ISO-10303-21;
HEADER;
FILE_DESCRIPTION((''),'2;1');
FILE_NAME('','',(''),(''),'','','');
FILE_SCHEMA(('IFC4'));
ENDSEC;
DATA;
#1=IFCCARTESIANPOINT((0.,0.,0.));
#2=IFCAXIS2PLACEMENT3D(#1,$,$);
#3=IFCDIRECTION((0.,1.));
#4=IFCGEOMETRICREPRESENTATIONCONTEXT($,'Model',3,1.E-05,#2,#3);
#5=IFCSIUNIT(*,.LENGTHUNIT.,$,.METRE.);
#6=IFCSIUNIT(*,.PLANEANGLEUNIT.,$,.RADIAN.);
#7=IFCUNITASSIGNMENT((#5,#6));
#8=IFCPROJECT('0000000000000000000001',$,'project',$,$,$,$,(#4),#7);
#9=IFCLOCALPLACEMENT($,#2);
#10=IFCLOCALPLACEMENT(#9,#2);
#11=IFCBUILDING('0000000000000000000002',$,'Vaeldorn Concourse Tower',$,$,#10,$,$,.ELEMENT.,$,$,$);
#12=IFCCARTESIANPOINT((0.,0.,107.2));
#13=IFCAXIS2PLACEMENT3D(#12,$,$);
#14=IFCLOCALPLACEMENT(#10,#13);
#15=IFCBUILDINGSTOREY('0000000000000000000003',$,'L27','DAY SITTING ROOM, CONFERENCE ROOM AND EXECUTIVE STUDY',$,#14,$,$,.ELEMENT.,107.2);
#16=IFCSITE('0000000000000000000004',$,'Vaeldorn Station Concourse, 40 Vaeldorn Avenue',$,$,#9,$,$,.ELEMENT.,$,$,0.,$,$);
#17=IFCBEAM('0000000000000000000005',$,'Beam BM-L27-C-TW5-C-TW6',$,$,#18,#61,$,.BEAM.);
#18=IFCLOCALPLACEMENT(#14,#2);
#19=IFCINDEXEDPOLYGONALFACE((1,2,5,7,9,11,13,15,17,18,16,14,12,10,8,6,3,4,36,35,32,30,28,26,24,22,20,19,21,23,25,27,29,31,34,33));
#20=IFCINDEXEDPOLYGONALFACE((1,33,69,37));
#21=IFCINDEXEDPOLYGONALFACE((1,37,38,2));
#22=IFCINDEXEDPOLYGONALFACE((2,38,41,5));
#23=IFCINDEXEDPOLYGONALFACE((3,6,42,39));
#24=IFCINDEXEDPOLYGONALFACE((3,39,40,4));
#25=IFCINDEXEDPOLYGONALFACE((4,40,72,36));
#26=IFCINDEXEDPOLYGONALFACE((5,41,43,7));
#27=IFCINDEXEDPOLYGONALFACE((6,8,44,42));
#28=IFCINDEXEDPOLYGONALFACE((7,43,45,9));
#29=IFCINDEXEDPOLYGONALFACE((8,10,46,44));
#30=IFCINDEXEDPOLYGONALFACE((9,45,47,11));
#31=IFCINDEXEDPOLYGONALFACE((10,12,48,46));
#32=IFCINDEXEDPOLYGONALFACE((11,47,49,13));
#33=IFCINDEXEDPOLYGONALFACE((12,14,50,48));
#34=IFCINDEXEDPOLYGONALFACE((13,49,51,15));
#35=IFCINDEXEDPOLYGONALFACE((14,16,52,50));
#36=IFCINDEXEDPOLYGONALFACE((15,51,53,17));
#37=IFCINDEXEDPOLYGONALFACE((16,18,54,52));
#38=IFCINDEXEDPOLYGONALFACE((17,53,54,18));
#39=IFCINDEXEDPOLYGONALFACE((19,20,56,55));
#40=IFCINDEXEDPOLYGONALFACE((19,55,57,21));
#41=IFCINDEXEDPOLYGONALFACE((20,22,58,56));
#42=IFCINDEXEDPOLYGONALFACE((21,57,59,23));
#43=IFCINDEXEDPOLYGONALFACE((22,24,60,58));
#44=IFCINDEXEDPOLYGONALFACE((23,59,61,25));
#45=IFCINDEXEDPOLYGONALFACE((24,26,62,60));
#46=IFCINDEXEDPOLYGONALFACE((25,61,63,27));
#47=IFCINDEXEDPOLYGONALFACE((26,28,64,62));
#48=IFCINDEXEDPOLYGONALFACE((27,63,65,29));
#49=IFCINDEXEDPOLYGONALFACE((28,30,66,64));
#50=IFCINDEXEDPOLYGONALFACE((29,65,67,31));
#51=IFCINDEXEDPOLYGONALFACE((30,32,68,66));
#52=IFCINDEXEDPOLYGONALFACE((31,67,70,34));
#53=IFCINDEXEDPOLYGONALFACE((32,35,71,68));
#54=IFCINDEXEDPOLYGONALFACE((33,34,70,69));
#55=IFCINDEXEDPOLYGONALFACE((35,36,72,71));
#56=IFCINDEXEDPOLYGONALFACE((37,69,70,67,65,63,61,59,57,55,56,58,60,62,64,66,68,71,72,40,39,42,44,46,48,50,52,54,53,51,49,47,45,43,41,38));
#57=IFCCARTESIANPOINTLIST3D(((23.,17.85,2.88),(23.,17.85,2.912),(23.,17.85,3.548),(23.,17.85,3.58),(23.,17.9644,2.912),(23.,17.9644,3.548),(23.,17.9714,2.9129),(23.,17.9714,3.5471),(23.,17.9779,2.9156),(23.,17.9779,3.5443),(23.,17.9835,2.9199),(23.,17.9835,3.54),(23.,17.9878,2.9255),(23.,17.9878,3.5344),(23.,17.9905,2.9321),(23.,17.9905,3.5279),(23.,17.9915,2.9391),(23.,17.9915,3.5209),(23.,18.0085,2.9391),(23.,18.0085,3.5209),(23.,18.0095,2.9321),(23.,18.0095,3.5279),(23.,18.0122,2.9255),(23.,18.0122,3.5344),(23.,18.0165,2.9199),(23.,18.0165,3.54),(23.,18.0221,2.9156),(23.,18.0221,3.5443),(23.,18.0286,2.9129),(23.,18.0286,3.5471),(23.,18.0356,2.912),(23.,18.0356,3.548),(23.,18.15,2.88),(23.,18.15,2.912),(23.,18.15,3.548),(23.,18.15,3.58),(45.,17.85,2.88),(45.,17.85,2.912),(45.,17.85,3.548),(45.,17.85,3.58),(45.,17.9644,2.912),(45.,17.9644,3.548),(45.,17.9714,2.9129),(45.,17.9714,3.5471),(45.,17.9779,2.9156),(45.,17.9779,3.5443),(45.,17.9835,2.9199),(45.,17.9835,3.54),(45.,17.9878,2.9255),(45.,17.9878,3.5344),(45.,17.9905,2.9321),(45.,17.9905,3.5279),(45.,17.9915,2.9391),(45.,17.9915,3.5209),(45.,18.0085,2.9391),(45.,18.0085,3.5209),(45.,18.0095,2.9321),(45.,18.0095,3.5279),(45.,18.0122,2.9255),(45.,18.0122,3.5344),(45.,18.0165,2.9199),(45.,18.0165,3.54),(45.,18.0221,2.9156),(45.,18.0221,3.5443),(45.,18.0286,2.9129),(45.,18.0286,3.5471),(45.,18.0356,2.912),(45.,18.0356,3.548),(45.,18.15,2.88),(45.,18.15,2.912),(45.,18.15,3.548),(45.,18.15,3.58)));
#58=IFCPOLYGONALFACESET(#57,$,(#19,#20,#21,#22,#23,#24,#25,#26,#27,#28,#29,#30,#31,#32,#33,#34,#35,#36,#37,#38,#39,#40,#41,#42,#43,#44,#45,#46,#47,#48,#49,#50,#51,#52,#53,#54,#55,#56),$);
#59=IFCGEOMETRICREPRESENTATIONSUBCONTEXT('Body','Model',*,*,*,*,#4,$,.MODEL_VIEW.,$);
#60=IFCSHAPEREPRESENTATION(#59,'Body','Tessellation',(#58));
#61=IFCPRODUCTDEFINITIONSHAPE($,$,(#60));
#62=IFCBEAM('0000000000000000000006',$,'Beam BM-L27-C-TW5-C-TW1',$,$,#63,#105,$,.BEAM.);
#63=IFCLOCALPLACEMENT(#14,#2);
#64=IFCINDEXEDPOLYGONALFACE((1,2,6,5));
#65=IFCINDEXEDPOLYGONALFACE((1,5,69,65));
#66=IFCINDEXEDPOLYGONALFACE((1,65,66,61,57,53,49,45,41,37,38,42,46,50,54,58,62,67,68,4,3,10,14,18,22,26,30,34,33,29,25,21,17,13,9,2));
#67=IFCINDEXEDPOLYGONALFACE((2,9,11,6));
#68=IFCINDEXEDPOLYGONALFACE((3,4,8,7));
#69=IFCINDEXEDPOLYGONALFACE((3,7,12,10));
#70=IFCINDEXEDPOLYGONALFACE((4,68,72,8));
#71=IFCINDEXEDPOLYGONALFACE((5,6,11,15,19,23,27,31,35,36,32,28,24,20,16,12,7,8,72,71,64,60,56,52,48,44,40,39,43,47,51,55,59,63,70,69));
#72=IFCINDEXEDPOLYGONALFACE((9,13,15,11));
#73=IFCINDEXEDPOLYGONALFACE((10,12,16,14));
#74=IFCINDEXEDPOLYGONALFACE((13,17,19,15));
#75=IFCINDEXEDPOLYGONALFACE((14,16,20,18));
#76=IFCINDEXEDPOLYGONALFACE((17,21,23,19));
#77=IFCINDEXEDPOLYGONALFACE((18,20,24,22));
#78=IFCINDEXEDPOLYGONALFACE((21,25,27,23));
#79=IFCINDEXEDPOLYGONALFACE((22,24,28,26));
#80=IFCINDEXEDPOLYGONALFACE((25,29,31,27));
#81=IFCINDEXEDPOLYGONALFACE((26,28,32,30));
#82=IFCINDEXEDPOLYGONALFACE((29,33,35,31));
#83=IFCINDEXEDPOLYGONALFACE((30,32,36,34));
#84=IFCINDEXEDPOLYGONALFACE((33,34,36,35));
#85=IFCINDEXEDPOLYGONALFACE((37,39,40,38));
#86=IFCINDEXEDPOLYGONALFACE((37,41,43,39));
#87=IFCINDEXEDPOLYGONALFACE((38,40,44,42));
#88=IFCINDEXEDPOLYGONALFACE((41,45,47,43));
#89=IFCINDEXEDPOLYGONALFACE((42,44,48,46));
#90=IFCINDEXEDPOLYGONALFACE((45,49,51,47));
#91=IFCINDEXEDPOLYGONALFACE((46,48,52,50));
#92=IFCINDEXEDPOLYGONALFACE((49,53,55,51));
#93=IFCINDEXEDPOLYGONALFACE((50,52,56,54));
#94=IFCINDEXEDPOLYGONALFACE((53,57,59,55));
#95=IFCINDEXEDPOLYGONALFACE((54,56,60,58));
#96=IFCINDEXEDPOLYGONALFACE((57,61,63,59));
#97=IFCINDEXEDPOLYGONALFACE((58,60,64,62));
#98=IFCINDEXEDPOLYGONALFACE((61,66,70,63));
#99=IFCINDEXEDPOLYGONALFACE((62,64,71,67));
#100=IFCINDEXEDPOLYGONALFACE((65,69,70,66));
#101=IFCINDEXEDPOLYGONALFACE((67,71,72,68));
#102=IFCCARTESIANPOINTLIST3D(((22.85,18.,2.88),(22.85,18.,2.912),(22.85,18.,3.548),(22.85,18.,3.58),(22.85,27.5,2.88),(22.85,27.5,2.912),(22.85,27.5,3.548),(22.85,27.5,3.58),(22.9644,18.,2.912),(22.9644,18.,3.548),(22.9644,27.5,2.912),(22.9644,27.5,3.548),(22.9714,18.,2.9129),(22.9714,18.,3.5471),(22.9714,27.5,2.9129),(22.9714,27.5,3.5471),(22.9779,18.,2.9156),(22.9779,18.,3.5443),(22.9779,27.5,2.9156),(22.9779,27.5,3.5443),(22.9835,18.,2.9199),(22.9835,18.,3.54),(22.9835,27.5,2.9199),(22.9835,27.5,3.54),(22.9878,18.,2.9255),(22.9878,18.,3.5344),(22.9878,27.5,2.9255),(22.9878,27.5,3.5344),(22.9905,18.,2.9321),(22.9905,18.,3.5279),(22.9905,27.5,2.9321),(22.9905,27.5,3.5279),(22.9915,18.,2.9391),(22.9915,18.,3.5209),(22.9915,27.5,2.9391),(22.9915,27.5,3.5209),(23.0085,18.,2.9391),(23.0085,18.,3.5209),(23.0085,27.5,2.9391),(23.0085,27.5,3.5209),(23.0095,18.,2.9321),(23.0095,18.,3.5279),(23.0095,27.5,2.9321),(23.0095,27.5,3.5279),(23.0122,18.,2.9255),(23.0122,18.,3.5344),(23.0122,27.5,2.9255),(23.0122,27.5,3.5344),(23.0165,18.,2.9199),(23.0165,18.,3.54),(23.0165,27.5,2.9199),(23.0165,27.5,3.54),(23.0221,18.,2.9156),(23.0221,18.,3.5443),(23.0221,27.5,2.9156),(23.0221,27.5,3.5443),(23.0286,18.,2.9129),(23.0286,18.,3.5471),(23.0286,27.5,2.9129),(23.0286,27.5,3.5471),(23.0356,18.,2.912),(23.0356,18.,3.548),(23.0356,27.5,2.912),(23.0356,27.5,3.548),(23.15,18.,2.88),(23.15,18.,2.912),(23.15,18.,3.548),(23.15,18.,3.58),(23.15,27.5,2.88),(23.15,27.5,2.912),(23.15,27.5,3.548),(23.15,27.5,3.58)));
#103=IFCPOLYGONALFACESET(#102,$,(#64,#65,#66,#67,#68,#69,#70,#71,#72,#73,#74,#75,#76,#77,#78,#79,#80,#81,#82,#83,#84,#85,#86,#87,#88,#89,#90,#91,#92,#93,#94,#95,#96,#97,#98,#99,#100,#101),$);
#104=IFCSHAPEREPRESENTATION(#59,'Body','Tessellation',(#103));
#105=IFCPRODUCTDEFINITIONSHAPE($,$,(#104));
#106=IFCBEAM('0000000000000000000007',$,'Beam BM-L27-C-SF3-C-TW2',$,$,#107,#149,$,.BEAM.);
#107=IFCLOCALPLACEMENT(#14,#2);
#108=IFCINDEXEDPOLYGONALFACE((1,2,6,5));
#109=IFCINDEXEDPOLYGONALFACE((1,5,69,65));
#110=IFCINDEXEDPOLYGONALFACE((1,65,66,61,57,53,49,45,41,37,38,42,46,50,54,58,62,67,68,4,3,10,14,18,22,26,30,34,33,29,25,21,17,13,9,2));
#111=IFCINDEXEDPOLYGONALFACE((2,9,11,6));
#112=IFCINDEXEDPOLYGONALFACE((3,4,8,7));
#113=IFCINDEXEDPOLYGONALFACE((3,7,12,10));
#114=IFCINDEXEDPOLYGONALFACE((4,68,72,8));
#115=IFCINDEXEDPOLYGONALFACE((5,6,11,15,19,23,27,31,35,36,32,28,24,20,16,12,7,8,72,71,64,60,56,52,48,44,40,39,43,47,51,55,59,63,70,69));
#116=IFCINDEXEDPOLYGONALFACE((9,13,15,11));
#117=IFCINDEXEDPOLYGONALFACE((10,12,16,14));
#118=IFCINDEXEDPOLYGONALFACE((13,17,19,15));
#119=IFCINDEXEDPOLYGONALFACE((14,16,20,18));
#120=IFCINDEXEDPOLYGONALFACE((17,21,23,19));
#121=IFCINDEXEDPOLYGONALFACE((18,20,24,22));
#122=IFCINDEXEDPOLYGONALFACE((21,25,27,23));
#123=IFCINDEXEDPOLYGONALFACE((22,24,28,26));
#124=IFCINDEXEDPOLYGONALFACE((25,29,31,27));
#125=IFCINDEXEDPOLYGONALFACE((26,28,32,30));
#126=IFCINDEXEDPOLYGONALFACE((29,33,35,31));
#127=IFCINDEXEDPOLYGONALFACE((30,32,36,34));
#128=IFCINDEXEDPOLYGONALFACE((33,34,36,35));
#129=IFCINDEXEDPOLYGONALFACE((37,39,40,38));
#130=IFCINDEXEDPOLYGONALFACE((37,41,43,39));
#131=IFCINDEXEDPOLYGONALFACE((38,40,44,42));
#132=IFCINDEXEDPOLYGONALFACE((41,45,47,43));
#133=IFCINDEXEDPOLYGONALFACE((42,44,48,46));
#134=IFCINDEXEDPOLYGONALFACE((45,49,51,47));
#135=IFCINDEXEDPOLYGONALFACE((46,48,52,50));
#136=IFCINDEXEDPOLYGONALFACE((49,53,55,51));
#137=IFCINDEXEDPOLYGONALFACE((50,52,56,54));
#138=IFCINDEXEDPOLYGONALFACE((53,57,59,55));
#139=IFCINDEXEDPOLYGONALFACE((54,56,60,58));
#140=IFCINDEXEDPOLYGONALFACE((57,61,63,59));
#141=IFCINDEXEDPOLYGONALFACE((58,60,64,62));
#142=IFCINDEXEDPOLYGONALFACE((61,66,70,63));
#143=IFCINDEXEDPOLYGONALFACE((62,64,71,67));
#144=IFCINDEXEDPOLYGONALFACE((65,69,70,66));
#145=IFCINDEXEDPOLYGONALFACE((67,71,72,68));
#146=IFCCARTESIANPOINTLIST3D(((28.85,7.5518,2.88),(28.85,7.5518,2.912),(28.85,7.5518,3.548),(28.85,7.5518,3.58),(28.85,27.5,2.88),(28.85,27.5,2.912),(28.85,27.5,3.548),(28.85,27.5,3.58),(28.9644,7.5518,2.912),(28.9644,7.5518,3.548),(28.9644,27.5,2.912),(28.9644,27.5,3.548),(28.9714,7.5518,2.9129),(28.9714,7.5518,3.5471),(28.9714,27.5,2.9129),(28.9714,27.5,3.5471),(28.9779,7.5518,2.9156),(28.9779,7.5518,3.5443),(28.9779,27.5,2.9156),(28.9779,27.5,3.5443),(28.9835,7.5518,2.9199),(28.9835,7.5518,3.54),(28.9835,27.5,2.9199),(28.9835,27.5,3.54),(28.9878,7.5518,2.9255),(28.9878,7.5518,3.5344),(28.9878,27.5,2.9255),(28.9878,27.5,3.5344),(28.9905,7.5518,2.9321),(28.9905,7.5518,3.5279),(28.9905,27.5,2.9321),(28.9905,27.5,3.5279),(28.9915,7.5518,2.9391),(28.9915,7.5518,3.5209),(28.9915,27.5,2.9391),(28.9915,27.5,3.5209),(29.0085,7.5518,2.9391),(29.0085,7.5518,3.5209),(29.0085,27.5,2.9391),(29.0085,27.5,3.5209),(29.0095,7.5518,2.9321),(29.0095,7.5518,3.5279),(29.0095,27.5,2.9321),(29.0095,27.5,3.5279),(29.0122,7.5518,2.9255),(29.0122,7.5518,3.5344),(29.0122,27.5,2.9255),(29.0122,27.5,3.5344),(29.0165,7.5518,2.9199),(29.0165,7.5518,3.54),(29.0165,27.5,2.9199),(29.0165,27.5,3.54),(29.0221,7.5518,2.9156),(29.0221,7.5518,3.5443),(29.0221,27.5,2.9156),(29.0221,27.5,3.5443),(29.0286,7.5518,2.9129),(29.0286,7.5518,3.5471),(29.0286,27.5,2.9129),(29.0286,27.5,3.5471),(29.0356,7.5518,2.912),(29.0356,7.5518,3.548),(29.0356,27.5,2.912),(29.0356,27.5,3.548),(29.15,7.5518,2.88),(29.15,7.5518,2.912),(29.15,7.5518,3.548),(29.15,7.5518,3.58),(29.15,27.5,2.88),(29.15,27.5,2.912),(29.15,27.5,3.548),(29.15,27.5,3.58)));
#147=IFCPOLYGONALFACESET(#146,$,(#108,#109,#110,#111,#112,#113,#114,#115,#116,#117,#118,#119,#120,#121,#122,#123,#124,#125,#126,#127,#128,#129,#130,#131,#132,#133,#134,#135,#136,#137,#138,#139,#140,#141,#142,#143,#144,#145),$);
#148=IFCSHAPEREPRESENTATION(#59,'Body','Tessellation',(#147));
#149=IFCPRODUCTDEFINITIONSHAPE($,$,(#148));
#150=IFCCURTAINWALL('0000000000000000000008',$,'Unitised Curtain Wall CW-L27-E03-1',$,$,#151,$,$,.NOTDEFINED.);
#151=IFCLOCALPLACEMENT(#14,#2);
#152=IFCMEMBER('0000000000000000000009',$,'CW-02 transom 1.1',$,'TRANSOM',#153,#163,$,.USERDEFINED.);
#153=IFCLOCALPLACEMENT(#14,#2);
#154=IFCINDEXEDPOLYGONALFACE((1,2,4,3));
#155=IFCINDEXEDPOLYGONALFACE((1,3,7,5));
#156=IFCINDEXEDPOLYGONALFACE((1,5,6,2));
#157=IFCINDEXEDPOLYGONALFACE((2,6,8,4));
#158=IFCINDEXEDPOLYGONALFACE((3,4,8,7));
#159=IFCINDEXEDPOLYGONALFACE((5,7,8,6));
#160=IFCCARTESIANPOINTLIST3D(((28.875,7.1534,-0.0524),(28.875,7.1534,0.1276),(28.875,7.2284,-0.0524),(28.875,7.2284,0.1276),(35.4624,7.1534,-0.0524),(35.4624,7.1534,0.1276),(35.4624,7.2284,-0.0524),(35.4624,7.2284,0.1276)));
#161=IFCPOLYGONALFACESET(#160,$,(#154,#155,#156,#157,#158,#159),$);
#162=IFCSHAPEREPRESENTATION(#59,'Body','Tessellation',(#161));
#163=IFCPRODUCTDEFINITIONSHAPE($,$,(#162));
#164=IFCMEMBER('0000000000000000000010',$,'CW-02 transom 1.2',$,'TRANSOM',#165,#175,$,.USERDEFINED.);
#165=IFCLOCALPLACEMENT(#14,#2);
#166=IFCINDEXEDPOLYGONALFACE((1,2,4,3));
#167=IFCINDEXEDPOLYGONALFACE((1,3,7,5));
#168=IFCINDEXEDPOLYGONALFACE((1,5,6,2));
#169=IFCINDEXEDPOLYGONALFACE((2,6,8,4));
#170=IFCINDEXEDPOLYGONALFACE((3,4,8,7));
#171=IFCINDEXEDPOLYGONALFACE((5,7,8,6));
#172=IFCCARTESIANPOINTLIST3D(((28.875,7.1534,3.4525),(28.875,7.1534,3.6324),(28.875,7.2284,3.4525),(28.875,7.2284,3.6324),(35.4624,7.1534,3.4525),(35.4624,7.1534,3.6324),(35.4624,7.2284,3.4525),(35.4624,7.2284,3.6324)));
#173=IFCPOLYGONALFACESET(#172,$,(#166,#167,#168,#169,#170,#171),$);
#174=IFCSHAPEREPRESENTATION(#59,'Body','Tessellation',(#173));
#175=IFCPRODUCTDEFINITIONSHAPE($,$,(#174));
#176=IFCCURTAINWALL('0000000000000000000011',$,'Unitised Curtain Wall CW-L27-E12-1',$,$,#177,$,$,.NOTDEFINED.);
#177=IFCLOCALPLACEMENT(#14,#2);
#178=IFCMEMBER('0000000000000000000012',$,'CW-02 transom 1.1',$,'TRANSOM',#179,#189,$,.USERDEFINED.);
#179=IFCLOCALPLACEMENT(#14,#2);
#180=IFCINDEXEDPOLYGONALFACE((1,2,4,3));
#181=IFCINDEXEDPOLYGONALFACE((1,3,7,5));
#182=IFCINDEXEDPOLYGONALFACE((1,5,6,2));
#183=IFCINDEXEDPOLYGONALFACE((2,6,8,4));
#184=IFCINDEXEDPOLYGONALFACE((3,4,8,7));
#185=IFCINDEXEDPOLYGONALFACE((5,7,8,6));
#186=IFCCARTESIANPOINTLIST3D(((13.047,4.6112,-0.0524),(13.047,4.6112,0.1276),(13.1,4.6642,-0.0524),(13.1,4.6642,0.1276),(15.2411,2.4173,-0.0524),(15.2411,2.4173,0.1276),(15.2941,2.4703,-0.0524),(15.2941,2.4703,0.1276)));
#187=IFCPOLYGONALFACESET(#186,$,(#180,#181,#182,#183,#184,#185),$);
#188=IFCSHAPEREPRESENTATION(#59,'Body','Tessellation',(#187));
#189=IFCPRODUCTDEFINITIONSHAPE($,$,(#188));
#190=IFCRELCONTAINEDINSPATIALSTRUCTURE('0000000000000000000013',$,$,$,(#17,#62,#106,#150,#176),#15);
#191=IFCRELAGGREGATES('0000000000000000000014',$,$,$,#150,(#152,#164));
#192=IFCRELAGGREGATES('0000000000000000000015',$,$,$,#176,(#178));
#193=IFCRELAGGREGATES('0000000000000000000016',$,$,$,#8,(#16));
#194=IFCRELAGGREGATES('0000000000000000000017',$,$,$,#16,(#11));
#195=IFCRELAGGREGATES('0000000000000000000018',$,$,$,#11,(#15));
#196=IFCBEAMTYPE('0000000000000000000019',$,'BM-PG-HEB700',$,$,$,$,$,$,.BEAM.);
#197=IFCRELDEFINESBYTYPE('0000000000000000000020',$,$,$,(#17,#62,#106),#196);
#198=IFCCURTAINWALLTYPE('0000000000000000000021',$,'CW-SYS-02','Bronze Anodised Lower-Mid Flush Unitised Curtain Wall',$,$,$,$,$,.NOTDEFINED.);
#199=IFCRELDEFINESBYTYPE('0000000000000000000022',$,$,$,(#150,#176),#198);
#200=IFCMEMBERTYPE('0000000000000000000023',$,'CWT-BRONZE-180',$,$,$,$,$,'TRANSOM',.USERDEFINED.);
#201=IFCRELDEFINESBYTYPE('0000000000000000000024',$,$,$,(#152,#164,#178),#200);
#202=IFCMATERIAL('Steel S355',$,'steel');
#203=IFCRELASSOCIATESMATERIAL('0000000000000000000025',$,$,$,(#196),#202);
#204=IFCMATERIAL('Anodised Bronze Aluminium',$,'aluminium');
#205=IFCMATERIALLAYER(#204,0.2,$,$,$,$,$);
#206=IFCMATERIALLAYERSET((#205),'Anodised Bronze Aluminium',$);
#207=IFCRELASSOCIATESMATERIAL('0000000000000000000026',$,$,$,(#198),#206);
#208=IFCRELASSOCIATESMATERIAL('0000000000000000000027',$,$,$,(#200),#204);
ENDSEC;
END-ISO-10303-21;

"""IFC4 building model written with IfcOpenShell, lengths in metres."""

from ifc_helpers import new_model, si_unit, direction, frame, origin, origin_2d, place, context, subcontext, project, spatial, rectangle, i_section, extrude, source, transform, mapped, material, layer, layer_set, material_profile, profile_set, type_object, element, aggregate, save


model = new_model("IFC4")

# Units and contexts
model_context = context("Model", 3, precision=1e-05, world=origin(), true_north=direction((0.0, 1.0)))
body_context = subcontext(model_context, "Body", "Model", "MODEL_VIEW")
ifc_project = project(units=[si_unit("LENGTHUNIT", "METRE"), si_unit("PLANEANGLEUNIT", "RADIAN")], contexts=[model_context])

# Site, building, storey
site_placement = place(None, origin())
site = spatial("IfcSite", under=ifc_project, at=site_placement, Name="Vaeldorn Station Concourse, 40 Vaeldorn Avenue", CompositionType="ELEMENT", RefElevation=0.0)
building_placement = place(site_placement, origin())
building = spatial("IfcBuilding", under=site, at=building_placement, Name="Vaeldorn Concourse Tower", CompositionType="ELEMENT")
storey_placement = place(building_placement, frame((0.0, 0.0, 107.2)))
storey = spatial("IfcBuildingStorey", under=building, at=storey_placement, Name="L27", Description="DAY SITTING ROOM, CONFERENCE ROOM AND EXECUTIVE STUDY", CompositionType="ELEMENT", Elevation=107.2)

# Beams
ifc_material_1 = material(Name="Steel S355", Category="steel")
ifc_material_profile_1 = material_profile(ifc_material_1, i_section(OverallWidth=0.3, OverallDepth=0.7, WebThickness=0.0171, FlangeThickness=0.032, FilletRadius=0.0271, at=origin_2d()), Name="HEB 700")
ifc_profile_set_1 = profile_set([ifc_material_profile_1], Name="Steel S355")
beam_type_1 = type_object("IfcBeamType", Name="BM-PG-HEB700", PredefinedType="BEAM", material=ifc_profile_set_1)
shared_shape_1 = source(origin(), body_context, "Body", "SweptSolid", [
    extrude(i_section(OverallWidth=0.3, OverallDepth=0.7, WebThickness=0.0171, FlangeThickness=0.032, FilletRadius=0.0271, at=origin_2d()), origin(), (0.0, 0.0, 1.0), 22.0),
])
beam_1_placement = place(storey_placement, frame((23.0, 18.0, 3.23), z_axis=(1.0, 0.0, 0.0), x_axis=(0.0, 1.0, 0.0)))
element("IfcBeam", 1, at=beam_1_placement, inside=storey, type_object=beam_type_1, Name="Beam BM-L27-C-TW5-C-TW6", PredefinedType="BEAM", context=body_context, shape_type="MappedRepresentation", body=[
    mapped(shared_shape_1, transform((0.0, 0.0, 0.0), scale=1.0)),
])
shared_shape_2 = source(origin(), body_context, "Body", "SweptSolid", [
    extrude(i_section(OverallWidth=0.3, OverallDepth=0.7, WebThickness=0.0171, FlangeThickness=0.032, FilletRadius=0.0271, at=origin_2d()), origin(), (0.0, 0.0, 1.0), 9.5),
])
beam_2_placement = place(storey_placement, frame((23.0, 18.0, 3.23), z_axis=(0.0, 1.0, 0.0), x_axis=(-1.0, 0.0, 0.0)))
element("IfcBeam", 2, at=beam_2_placement, inside=storey, type_object=beam_type_1, Name="Beam BM-L27-C-TW5-C-TW1", PredefinedType="BEAM", context=body_context, shape_type="MappedRepresentation", body=[
    mapped(shared_shape_2, transform((0.0, 0.0, 0.0), scale=1.0)),
])
shared_shape_3 = source(origin(), body_context, "Body", "SweptSolid", [
    extrude(i_section(OverallWidth=0.3, OverallDepth=0.7, WebThickness=0.0171, FlangeThickness=0.032, FilletRadius=0.0271, at=origin_2d()), origin(), (0.0, 0.0, 1.0), 19.9482),
])
beam_3_placement = place(storey_placement, frame((29.0, 7.5518, 3.23), z_axis=(0.0, 1.0, 0.0), x_axis=(-1.0, 0.0, 0.0)))
element("IfcBeam", 3, at=beam_3_placement, inside=storey, type_object=beam_type_1, Name="Beam BM-L27-C-SF3-C-TW2", PredefinedType="BEAM", context=body_context, shape_type="MappedRepresentation", body=[
    mapped(shared_shape_3, transform((0.0, 0.0, 0.0), scale=1.0)),
])

# Curtain walls, members
ifc_material_2 = material(Name="Anodised Bronze Aluminium", Category="aluminium")
ifc_layer_1 = layer(ifc_material_2, 0.2)
ifc_layer_set_1 = layer_set([ifc_layer_1], Name="Anodised Bronze Aluminium")
curtain_wall_type = type_object("IfcCurtainWallType", Name="CW-SYS-02", Description="Bronze Anodised Lower-Mid Flush Unitised Curtain Wall", PredefinedType="NOTDEFINED", material=ifc_layer_set_1)
curtain_wall_1_placement = place(storey_placement, origin())
curtain_wall_1 = element("IfcCurtainWall", 4, at=curtain_wall_1_placement, inside=storey, type_object=curtain_wall_type, Name="Unitised Curtain Wall CW-L27-E03-1", PredefinedType="NOTDEFINED")
ifc_material_profile_2 = material_profile(ifc_material_2, rectangle(XDim=0.075, YDim=0.1799, at=origin_2d()), Name="CWT 75x180")
ifc_profile_set_2 = profile_set([ifc_material_profile_2], Name="Anodised Bronze Aluminium")
member_type_1 = type_object("IfcMemberType", Name="CWT-BRONZE-180", ElementType="TRANSOM", PredefinedType="USERDEFINED", material=ifc_profile_set_2)
shared_shape_4 = source(origin(), body_context, "Body", "SweptSolid", [
    extrude(rectangle(XDim=0.075, YDim=0.1799, at=origin_2d()), origin(), (0.0, 0.0, 1.0), 6.5874),
])
member_1_placement = place(storey_placement, frame((28.875, 7.1909, 0.0376), z_axis=(1.0, 0.0, 0.0), x_axis=(0.0, 1.0, 0.0)))
member_1 = element("IfcMember", 5, at=member_1_placement, type_object=member_type_1, Name="CW-02 transom 1.1", ObjectType="TRANSOM", PredefinedType="USERDEFINED", context=body_context, shape_type="MappedRepresentation", body=[
    mapped(shared_shape_4, transform((0.0, 0.0, 0.0), scale=1.0)),
])
member_2_placement = place(storey_placement, frame((28.875, 7.1909, 3.5425), z_axis=(1.0, 0.0, 0.0), x_axis=(0.0, 1.0, 0.0)))
member_2 = element("IfcMember", 6, at=member_2_placement, type_object=member_type_1, Name="CW-02 transom 1.2", ObjectType="TRANSOM", PredefinedType="USERDEFINED", context=body_context, shape_type="MappedRepresentation", body=[
    mapped(shared_shape_4, transform((0.0, 0.0, 0.0), scale=1.0)),
])
curtain_wall_2_placement = place(storey_placement, origin())
curtain_wall_2 = element("IfcCurtainWall", 7, at=curtain_wall_2_placement, inside=storey, type_object=curtain_wall_type, Name="Unitised Curtain Wall CW-L27-E12-1", PredefinedType="NOTDEFINED")
shared_shape_5 = source(origin(), body_context, "Body", "SweptSolid", [
    extrude(rectangle(XDim=0.075, YDim=0.1799, at=origin_2d()), origin(), (0.0, 0.0, 1.0), 3.1028),
])
member_3_placement = place(storey_placement, frame((13.0735, 4.6377, 0.0376), z_axis=(0.707146, -0.707067, 0.0), x_axis=(0.707067, 0.707146, 0.0)))
member_3 = element("IfcMember", 8, at=member_3_placement, type_object=member_type_1, Name="CW-02 transom 1.1", ObjectType="TRANSOM", PredefinedType="USERDEFINED", context=body_context, shape_type="MappedRepresentation", body=[
    mapped(shared_shape_5, transform((0.0, 0.0, 0.0), scale=1.0)),
])

aggregate(curtain_wall_1, [member_1, member_2])

aggregate(curtain_wall_2, [member_3])

save(model, "model.ifc")
